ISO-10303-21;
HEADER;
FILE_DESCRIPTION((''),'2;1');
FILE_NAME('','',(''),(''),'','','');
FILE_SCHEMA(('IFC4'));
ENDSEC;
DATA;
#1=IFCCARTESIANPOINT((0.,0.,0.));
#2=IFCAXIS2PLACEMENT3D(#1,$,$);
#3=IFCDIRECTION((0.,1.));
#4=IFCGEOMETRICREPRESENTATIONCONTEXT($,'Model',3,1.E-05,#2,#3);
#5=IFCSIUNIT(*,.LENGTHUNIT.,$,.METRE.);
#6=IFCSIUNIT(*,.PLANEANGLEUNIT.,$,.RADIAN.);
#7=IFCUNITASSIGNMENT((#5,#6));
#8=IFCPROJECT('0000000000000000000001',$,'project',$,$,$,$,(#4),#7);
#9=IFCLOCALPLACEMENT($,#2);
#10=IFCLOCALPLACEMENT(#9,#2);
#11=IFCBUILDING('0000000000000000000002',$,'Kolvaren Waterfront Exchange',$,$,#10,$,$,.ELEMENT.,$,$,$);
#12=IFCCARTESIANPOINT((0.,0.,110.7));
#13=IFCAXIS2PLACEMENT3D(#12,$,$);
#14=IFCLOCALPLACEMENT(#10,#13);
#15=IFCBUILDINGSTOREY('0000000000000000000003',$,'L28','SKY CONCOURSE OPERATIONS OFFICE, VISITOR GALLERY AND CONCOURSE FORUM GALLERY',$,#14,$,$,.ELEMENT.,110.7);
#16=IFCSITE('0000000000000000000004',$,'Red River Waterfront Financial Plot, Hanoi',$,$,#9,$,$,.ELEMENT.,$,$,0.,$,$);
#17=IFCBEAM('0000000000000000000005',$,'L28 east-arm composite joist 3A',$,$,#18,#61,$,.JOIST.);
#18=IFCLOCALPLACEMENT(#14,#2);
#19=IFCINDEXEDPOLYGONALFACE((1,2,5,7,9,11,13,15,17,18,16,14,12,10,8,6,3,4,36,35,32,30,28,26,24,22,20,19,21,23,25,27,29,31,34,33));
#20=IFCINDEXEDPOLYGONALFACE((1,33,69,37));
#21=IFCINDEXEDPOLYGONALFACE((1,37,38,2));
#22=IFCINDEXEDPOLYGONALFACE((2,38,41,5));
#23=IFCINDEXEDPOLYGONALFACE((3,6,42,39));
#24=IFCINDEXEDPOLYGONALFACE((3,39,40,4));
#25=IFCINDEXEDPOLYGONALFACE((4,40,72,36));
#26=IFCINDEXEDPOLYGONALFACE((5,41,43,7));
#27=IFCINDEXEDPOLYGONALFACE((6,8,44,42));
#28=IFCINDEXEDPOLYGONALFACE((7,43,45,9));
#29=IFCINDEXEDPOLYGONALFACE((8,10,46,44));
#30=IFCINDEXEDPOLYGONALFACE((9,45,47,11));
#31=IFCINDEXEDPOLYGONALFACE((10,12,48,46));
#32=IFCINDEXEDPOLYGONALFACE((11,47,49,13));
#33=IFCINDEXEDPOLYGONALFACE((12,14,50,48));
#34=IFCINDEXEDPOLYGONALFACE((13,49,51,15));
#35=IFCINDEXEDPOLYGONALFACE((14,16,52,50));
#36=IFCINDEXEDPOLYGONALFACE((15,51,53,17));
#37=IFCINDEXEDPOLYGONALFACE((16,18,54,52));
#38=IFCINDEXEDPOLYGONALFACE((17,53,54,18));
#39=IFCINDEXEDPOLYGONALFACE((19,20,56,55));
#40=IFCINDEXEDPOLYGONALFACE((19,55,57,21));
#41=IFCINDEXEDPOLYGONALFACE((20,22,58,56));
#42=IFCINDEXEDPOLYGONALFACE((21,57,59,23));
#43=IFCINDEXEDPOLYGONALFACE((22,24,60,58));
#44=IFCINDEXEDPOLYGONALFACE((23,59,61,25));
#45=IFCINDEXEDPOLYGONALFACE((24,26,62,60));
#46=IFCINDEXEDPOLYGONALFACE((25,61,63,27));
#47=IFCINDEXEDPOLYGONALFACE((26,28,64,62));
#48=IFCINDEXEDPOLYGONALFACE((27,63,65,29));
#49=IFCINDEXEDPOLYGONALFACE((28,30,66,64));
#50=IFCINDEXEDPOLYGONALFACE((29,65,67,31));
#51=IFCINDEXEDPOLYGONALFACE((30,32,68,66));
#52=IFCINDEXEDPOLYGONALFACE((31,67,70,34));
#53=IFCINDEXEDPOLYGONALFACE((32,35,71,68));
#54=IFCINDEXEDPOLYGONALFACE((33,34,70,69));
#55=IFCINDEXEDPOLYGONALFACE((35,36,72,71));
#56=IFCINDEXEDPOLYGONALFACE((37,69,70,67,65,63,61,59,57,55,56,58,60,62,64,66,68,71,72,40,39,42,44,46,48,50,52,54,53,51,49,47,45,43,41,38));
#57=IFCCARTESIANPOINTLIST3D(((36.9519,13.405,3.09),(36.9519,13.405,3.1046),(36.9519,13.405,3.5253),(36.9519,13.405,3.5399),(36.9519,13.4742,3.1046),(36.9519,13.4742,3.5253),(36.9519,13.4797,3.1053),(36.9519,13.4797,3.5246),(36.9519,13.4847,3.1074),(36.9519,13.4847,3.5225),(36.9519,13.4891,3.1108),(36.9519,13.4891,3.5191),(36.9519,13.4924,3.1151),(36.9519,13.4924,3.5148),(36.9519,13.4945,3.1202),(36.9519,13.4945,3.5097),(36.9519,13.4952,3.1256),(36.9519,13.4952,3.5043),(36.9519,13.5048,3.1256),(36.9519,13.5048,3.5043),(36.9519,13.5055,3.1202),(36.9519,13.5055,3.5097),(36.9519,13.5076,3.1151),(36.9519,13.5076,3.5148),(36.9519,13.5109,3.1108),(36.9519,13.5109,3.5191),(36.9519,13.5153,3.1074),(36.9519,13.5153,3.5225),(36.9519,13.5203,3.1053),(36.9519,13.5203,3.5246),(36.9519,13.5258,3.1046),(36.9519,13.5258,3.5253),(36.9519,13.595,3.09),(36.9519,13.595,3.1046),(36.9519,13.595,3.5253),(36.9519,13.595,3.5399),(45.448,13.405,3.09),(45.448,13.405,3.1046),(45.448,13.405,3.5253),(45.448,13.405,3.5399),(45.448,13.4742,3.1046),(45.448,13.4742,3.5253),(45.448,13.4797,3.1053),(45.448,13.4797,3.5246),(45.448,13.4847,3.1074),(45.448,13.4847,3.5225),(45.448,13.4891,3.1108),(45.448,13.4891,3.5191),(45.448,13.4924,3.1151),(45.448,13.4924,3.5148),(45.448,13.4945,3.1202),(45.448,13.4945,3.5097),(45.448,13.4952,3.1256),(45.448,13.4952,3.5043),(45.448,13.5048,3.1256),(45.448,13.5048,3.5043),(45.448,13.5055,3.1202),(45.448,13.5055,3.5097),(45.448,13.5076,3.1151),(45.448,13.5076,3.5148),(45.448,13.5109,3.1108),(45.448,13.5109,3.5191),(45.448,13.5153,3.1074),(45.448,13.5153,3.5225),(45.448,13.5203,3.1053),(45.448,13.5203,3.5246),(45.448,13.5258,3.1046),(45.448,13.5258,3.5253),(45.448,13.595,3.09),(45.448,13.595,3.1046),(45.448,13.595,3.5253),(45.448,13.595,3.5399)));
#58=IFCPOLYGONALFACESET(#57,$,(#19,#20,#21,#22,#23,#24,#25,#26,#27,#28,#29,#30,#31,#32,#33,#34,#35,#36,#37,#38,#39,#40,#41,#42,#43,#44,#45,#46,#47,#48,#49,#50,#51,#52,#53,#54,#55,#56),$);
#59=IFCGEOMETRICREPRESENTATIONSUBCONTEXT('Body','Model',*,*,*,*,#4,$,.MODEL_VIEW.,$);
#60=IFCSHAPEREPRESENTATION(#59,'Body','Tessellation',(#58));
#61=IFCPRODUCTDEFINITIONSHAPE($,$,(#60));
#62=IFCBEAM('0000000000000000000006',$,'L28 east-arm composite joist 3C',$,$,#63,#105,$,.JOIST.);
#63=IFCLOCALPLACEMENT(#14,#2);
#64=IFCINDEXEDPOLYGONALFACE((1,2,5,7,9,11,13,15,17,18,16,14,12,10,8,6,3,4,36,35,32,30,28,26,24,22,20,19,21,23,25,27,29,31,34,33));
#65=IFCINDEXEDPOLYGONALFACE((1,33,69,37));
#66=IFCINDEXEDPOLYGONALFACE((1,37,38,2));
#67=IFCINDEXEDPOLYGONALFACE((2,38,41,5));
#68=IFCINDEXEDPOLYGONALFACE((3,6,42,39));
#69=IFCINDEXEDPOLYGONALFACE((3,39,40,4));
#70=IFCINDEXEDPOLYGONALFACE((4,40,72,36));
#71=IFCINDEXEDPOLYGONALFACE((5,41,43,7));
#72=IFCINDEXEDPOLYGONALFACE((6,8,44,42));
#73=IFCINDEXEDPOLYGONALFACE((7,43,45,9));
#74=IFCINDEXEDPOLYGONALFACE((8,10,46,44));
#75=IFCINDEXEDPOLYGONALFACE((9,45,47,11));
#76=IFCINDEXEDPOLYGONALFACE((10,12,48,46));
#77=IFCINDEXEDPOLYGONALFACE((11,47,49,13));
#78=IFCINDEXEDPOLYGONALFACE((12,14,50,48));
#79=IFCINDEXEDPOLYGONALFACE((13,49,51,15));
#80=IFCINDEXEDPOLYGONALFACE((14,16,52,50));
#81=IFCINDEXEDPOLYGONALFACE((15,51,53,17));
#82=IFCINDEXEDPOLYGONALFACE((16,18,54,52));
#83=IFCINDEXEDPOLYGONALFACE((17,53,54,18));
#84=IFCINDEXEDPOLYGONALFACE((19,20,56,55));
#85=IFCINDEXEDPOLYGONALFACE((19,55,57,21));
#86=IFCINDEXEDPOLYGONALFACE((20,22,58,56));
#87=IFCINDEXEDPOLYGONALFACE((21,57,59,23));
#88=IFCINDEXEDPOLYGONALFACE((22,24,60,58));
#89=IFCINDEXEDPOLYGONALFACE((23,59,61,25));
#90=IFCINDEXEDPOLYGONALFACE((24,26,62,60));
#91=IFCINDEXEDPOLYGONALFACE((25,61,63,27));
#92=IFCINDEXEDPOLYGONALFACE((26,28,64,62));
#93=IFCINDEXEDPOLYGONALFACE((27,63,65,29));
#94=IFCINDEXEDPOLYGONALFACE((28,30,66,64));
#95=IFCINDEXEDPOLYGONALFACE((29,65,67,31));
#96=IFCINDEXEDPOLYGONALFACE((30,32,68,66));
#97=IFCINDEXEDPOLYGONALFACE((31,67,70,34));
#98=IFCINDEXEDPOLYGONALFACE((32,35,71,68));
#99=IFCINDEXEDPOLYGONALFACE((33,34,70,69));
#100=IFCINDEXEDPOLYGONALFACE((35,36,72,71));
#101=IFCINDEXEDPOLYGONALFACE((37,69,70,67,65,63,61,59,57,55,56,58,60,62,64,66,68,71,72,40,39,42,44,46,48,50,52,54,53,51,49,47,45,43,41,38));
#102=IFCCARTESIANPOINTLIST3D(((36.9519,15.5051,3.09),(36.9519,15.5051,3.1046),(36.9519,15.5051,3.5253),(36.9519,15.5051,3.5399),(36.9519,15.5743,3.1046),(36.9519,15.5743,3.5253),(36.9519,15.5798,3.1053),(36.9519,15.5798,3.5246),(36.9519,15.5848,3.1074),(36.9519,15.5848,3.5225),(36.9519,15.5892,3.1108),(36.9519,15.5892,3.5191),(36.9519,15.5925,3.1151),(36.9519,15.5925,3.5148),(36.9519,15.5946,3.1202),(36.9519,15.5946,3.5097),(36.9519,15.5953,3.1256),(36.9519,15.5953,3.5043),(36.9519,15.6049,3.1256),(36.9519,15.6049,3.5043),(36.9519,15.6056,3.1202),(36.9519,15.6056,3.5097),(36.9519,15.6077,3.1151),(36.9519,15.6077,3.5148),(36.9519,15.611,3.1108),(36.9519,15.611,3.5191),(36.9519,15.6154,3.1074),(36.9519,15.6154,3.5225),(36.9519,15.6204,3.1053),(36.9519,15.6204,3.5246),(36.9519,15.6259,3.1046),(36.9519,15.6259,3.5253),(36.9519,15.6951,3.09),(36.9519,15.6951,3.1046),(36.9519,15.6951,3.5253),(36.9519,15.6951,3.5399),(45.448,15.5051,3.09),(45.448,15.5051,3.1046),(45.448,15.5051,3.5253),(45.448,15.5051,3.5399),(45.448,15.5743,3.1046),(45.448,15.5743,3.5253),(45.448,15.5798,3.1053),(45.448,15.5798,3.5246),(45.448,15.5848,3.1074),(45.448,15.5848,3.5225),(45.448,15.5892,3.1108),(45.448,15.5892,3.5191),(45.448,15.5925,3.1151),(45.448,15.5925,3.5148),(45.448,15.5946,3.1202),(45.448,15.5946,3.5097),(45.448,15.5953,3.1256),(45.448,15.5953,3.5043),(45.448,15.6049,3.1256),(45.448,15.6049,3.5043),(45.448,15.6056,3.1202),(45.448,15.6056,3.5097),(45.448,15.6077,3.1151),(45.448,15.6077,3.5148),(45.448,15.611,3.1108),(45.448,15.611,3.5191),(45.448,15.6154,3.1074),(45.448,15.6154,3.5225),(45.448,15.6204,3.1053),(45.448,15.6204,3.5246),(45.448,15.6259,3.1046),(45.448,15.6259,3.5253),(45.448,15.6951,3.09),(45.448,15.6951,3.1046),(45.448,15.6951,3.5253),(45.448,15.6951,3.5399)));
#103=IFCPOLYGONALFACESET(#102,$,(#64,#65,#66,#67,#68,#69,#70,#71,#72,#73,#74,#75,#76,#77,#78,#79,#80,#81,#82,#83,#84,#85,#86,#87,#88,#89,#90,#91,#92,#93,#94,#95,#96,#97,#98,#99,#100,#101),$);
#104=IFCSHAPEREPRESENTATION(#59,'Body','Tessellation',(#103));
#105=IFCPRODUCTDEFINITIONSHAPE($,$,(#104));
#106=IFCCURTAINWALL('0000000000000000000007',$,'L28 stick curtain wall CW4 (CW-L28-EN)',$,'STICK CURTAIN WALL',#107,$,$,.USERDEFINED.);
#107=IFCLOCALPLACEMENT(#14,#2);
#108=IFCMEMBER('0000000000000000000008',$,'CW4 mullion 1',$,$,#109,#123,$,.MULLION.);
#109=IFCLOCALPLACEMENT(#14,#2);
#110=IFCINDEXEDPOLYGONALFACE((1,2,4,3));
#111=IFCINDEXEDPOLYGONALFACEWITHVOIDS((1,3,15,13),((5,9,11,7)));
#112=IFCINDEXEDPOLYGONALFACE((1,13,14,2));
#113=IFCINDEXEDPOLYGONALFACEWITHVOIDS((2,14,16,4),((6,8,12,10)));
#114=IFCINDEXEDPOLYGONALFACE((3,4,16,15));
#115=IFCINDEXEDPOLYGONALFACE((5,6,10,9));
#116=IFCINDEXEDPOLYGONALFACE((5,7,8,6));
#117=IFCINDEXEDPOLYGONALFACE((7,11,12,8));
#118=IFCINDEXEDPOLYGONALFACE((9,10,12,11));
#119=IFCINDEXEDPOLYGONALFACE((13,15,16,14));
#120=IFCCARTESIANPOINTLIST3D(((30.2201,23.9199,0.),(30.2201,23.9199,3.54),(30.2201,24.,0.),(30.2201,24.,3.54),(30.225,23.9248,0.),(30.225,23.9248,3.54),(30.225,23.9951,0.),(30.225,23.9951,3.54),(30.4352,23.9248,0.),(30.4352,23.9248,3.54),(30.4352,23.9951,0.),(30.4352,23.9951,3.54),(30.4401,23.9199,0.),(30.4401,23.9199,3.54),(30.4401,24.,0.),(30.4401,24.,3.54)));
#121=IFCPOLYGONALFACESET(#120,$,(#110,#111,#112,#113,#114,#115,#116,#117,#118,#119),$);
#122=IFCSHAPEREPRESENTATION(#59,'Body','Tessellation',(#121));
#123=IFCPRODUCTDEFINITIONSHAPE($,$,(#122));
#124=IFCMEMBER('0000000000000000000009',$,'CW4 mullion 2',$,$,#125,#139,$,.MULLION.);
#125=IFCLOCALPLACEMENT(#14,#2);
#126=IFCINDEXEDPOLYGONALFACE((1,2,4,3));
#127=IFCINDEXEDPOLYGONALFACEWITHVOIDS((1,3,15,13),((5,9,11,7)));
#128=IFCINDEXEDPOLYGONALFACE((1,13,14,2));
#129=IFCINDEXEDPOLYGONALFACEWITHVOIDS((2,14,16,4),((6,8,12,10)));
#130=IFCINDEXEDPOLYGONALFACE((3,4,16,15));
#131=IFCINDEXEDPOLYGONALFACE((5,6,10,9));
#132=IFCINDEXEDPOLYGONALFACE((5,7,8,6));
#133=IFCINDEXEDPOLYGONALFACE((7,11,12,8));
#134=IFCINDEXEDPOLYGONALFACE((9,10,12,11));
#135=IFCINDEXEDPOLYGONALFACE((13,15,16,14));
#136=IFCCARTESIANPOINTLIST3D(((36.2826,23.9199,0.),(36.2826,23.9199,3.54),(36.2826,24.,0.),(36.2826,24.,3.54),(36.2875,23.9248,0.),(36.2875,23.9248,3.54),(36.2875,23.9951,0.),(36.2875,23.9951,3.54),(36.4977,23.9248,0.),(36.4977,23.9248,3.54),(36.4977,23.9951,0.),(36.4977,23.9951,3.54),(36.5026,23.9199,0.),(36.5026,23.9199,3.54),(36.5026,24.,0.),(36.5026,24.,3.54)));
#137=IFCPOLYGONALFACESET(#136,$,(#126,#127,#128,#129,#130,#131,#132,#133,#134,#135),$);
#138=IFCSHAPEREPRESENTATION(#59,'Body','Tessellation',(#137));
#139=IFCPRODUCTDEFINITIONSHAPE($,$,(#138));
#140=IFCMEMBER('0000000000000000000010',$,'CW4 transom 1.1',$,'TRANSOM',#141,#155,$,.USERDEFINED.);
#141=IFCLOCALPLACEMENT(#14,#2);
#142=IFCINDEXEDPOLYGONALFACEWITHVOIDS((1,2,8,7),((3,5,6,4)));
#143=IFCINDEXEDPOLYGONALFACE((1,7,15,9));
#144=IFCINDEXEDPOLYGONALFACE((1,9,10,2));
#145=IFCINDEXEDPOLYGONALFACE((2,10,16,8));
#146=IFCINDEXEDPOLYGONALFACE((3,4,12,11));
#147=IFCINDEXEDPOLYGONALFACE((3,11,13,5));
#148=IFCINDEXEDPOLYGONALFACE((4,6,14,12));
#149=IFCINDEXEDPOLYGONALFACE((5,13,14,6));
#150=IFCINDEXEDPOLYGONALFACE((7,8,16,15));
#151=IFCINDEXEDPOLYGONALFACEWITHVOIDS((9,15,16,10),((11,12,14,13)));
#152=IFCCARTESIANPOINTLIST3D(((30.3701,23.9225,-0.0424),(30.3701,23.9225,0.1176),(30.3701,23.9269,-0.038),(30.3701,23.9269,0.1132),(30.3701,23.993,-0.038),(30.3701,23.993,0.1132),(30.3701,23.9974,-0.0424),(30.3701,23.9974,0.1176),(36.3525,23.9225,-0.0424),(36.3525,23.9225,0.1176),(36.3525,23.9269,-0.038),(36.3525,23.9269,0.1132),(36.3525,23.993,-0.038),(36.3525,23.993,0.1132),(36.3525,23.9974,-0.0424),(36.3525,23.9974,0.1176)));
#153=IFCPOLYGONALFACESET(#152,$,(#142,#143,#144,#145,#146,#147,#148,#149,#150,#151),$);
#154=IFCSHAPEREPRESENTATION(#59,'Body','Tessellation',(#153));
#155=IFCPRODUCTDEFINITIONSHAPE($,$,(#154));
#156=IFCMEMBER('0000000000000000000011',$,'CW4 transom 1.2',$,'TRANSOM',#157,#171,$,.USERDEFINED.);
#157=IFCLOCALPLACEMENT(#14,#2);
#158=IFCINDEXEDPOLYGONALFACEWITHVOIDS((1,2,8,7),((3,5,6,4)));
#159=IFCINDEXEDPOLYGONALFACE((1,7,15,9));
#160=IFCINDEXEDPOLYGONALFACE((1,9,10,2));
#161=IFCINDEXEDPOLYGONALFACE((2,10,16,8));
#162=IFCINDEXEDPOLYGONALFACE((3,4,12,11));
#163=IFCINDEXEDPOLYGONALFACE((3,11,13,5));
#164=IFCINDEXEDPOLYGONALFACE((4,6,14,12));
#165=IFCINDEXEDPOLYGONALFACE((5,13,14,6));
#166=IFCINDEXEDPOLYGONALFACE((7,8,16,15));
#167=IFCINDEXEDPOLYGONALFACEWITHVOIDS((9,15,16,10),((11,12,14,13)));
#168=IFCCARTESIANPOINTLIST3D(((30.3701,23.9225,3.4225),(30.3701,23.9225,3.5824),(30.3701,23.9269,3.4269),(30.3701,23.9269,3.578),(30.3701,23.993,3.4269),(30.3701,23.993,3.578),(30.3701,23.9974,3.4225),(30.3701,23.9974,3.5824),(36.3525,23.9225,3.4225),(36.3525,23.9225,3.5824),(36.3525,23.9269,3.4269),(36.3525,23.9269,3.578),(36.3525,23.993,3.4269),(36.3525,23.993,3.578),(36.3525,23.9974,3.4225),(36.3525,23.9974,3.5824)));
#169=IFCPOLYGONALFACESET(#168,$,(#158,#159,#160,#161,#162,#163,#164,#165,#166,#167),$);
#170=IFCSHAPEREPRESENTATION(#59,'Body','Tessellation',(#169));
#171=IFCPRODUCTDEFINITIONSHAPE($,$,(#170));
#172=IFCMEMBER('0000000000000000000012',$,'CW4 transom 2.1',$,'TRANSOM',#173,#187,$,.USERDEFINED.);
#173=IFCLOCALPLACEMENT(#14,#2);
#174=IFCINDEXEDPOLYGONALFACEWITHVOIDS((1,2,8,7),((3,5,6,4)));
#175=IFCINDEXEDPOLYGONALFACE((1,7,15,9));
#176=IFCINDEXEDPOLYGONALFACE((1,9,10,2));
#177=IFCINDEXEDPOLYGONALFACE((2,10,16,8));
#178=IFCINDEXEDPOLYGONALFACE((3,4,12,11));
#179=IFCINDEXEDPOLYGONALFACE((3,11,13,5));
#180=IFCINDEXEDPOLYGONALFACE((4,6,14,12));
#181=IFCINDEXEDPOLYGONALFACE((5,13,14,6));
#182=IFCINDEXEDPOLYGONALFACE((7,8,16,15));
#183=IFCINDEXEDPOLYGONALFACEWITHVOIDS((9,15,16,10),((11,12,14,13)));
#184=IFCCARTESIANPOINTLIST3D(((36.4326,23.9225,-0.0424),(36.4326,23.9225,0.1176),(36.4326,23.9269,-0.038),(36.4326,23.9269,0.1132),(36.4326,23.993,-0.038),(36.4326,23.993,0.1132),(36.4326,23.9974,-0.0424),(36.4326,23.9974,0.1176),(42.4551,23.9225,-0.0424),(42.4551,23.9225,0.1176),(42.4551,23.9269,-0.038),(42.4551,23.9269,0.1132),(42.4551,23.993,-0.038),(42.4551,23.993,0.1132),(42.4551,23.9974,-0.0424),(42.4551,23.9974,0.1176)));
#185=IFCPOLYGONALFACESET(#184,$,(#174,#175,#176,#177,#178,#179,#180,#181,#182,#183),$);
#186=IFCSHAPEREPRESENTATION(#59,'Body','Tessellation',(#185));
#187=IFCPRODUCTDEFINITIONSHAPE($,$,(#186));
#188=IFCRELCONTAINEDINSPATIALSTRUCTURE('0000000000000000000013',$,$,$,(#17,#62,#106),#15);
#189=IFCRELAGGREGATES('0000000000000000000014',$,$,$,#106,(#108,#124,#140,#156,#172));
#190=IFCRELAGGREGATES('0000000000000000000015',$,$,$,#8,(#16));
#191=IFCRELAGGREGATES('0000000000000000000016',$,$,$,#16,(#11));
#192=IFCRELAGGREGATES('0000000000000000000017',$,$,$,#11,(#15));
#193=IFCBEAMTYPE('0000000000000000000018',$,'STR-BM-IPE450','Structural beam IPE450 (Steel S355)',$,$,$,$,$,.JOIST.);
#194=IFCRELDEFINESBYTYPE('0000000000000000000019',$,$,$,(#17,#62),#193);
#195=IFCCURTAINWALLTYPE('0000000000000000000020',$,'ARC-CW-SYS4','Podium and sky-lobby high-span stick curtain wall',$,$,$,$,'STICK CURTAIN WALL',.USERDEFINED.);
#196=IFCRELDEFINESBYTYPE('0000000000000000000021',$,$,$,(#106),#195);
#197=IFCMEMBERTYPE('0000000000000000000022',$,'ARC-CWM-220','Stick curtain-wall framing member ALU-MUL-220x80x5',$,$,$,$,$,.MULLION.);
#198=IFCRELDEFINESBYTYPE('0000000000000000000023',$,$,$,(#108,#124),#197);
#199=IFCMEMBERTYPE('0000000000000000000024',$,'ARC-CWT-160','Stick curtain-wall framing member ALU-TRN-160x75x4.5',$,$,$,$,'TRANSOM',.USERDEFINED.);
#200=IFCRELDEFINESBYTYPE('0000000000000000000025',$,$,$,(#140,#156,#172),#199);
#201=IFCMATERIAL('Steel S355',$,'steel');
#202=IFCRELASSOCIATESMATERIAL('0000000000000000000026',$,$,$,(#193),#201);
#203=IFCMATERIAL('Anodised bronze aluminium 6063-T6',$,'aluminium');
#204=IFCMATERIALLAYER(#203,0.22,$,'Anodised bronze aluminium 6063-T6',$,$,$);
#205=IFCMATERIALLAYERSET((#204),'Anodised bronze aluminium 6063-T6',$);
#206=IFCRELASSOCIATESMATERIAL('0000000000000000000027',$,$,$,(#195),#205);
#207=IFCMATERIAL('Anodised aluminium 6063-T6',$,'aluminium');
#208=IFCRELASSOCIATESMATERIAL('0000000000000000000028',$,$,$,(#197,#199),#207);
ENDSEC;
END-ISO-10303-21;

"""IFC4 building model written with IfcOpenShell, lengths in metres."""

from ifc_helpers import new_model, si_unit, direction, frame, origin, origin_with_axes, origin_2d, place, context, subcontext, project, spatial, hollow_rectangle, i_section, extrude, source, transform, mapped, material, layer, layer_set, material_profile, profile_set, type_object, element, aggregate, save


model = new_model("IFC4")

# Units and contexts
model_context = context("Model", 3, precision=1e-05, world=origin(), true_north=direction((0.0, 1.0)))
body_context = subcontext(model_context, "Body", "Model", "MODEL_VIEW")
ifc_project = project(units=[si_unit("LENGTHUNIT", "METRE"), si_unit("PLANEANGLEUNIT", "RADIAN")], contexts=[model_context])

# Site, building, storey
site_placement = place(None, origin())
site = spatial("IfcSite", under=ifc_project, at=site_placement, Name="Red River Waterfront Financial Plot, Hanoi", CompositionType="ELEMENT", RefElevation=0.0)
building_placement = place(site_placement, origin())
building = spatial("IfcBuilding", under=site, at=building_placement, Name="Kolvaren Waterfront Exchange", CompositionType="ELEMENT")
storey_placement = place(building_placement, frame((0.0, 0.0, 110.7)))
storey = spatial("IfcBuildingStorey", under=building, at=storey_placement, Name="L28", Description="SKY CONCOURSE OPERATIONS OFFICE, VISITOR GALLERY AND CONCOURSE FORUM GALLERY", CompositionType="ELEMENT", Elevation=110.7)

# Beams
ifc_material_1 = material(Name="Steel S355", Category="steel")
ifc_material_profile_1 = material_profile(ifc_material_1, i_section(OverallWidth=0.1899, OverallDepth=0.45, WebThickness=0.0095, FlangeThickness=0.0146, FilletRadius=0.021, at=origin_2d()), Name="IPE450")
ifc_profile_set_1 = profile_set([ifc_material_profile_1], Name="Steel S355")
beam_type_1 = type_object("IfcBeamType", Name="STR-BM-IPE450", Description="Structural beam IPE450 (Steel S355)", PredefinedType="JOIST", material=ifc_profile_set_1)
for number, where, z_axis, x_axis, name in (
    (1, (36.9519, 13.5, 3.3149), (1.0, 0.0, 0.0), (0.0, 1.0, 0.0), "L28 east-arm composite joist 3A"),
    (2, (36.9519, 15.6001, 3.3149), (1.0, 0.0, 0.0), (0.0, 1.0, 0.0), "L28 east-arm composite joist 3C"),
):
    element("IfcBeam", number, at=place(storey_placement, frame(where, z_axis=z_axis, x_axis=x_axis)), inside=storey, type_object=beam_type_1, Name=name, PredefinedType="JOIST", context=body_context, shape_type="SweptSolid", body=[
        extrude(i_section(OverallWidth=0.1899, OverallDepth=0.45, WebThickness=0.0095, FlangeThickness=0.0146, FilletRadius=0.021, at=origin_2d()), origin(), (0.0, 0.0, 1.0), 8.4961),
    ])

# Curtain wall, members
ifc_material_2 = material(Name="Anodised bronze aluminium 6063-T6", Category="aluminium")
ifc_layer_1 = layer(ifc_material_2, 0.22, Name="Anodised bronze aluminium 6063-T6")
ifc_layer_set_1 = layer_set([ifc_layer_1], Name="Anodised bronze aluminium 6063-T6")
curtain_wall_type = type_object("IfcCurtainWallType", Name="ARC-CW-SYS4", Description="Podium and sky-lobby high-span stick curtain wall", ElementType="STICK CURTAIN WALL", PredefinedType="USERDEFINED", material=ifc_layer_set_1)
curtain_wall_placement = place(storey_placement, origin())
curtain_wall = element("IfcCurtainWall", 3, at=curtain_wall_placement, inside=storey, type_object=curtain_wall_type, Name="L28 stick curtain wall CW4 (CW-L28-EN)", ObjectType="STICK CURTAIN WALL", PredefinedType="USERDEFINED")
ifc_material_3 = material(Name="Anodised aluminium 6063-T6", Category="aluminium")
ifc_material_profile_2 = material_profile(ifc_material_3, hollow_rectangle(XDim=0.0801, YDim=0.22, WallThickness=0.0049, at=origin_2d()), Name="ALU-MUL-220x80x5")
ifc_profile_set_2 = profile_set([ifc_material_profile_2], Name="Anodised aluminium 6063-T6")
member_type_1 = type_object("IfcMemberType", Name="ARC-CWM-220", Description="Stick curtain-wall framing member ALU-MUL-220x80x5", PredefinedType="MULLION", material=ifc_profile_set_2)
shared_shape_1 = source(origin_with_axes(), body_context, "Body", "SweptSolid", [
    extrude(hollow_rectangle(XDim=0.0801, YDim=0.22, WallThickness=0.0049, at=origin_2d()), origin(), (0.0, 0.0, 1.0), 3.54),
])
member_1_placement = place(storey_placement, frame((30.3301, 23.96, 0.0), z_axis=(0.0, 0.0, 1.0), x_axis=(0.0, 1.0, 0.0)))
member_1 = element("IfcMember", 4, at=member_1_placement, type_object=member_type_1, Name="CW4 mullion 1", PredefinedType="MULLION", context=body_context, shape_type="MappedRepresentation", body=[
    mapped(shared_shape_1, transform((0.0, 0.0, 0.0), x_axis=(1.0, 0.0, 0.0), y_axis=(0.0, 1.0, 0.0), z_axis=(0.0, 0.0, 1.0), scale=1.0)),
])
member_2_placement = place(storey_placement, frame((36.3926, 23.96, 0.0), z_axis=(0.0, 0.0, 1.0), x_axis=(0.0, 1.0, 0.0)))
member_2 = element("IfcMember", 5, at=member_2_placement, type_object=member_type_1, Name="CW4 mullion 2", PredefinedType="MULLION", context=body_context, shape_type="MappedRepresentation", body=[
    mapped(shared_shape_1, transform((0.0, 0.0, 0.0), x_axis=(1.0, 0.0, 0.0), y_axis=(0.0, 1.0, 0.0), z_axis=(0.0, 0.0, 1.0), scale=1.0)),
])
ifc_material_profile_3 = material_profile(ifc_material_3, hollow_rectangle(XDim=0.075, YDim=0.1599, WallThickness=0.0044, at=origin_2d()), Name="ALU-TRN-160x75x4.5")
ifc_profile_set_3 = profile_set([ifc_material_profile_3], Name="Anodised aluminium 6063-T6")
member_type_2 = type_object("IfcMemberType", Name="ARC-CWT-160", Description="Stick curtain-wall framing member ALU-TRN-160x75x4.5", ElementType="TRANSOM", PredefinedType="USERDEFINED", material=ifc_profile_set_3)
shared_shape_2 = source(origin_with_axes(), body_context, "Body", "SweptSolid", [
    extrude(hollow_rectangle(XDim=0.075, YDim=0.1599, WallThickness=0.0044, at=origin_2d()), origin(), (0.0, 0.0, 1.0), 5.9824),
])
member_3_placement = place(storey_placement, frame((30.3701, 23.96, 0.0376), z_axis=(1.0, 0.0, 0.0), x_axis=(0.0, 1.0, 0.0)))
member_3 = element("IfcMember", 6, at=member_3_placement, type_object=member_type_2, Name="CW4 transom 1.1", ObjectType="TRANSOM", PredefinedType="USERDEFINED", context=body_context, shape_type="MappedRepresentation", body=[
    mapped(shared_shape_2, transform((0.0, 0.0, 0.0), x_axis=(1.0, 0.0, 0.0), y_axis=(0.0, 1.0, 0.0), z_axis=(0.0, 0.0, 1.0), scale=1.0)),
])
member_4_placement = place(storey_placement, frame((30.3701, 23.96, 3.5024), z_axis=(1.0, 0.0, 0.0), x_axis=(0.0, 1.0, 0.0)))
member_4 = element("IfcMember", 7, at=member_4_placement, type_object=member_type_2, Name="CW4 transom 1.2", ObjectType="TRANSOM", PredefinedType="USERDEFINED", context=body_context, shape_type="MappedRepresentation", body=[
    mapped(shared_shape_2, transform((0.0, 0.0, 0.0), x_axis=(1.0, 0.0, 0.0), y_axis=(0.0, 1.0, 0.0), z_axis=(0.0, 0.0, 1.0), scale=1.0)),
])
shared_shape_3 = source(origin_with_axes(), body_context, "Body", "SweptSolid", [
    extrude(hollow_rectangle(XDim=0.075, YDim=0.1599, WallThickness=0.0044, at=origin_2d()), origin(), (0.0, 0.0, 1.0), 6.0225),
])
member_5_placement = place(storey_placement, frame((36.4326, 23.96, 0.0376), z_axis=(1.0, 0.0, 0.0), x_axis=(0.0, 1.0, 0.0)))
member_5 = element("IfcMember", 8, at=member_5_placement, type_object=member_type_2, Name="CW4 transom 2.1", ObjectType="TRANSOM", PredefinedType="USERDEFINED", context=body_context, shape_type="MappedRepresentation", body=[
    mapped(shared_shape_3, transform((0.0, 0.0, 0.0), x_axis=(1.0, 0.0, 0.0), y_axis=(0.0, 1.0, 0.0), z_axis=(0.0, 0.0, 1.0), scale=1.0)),
])
aggregate(curtain_wall, [member_1, member_2, member_3, member_4, member_5])

save(model, "model.ifc")
